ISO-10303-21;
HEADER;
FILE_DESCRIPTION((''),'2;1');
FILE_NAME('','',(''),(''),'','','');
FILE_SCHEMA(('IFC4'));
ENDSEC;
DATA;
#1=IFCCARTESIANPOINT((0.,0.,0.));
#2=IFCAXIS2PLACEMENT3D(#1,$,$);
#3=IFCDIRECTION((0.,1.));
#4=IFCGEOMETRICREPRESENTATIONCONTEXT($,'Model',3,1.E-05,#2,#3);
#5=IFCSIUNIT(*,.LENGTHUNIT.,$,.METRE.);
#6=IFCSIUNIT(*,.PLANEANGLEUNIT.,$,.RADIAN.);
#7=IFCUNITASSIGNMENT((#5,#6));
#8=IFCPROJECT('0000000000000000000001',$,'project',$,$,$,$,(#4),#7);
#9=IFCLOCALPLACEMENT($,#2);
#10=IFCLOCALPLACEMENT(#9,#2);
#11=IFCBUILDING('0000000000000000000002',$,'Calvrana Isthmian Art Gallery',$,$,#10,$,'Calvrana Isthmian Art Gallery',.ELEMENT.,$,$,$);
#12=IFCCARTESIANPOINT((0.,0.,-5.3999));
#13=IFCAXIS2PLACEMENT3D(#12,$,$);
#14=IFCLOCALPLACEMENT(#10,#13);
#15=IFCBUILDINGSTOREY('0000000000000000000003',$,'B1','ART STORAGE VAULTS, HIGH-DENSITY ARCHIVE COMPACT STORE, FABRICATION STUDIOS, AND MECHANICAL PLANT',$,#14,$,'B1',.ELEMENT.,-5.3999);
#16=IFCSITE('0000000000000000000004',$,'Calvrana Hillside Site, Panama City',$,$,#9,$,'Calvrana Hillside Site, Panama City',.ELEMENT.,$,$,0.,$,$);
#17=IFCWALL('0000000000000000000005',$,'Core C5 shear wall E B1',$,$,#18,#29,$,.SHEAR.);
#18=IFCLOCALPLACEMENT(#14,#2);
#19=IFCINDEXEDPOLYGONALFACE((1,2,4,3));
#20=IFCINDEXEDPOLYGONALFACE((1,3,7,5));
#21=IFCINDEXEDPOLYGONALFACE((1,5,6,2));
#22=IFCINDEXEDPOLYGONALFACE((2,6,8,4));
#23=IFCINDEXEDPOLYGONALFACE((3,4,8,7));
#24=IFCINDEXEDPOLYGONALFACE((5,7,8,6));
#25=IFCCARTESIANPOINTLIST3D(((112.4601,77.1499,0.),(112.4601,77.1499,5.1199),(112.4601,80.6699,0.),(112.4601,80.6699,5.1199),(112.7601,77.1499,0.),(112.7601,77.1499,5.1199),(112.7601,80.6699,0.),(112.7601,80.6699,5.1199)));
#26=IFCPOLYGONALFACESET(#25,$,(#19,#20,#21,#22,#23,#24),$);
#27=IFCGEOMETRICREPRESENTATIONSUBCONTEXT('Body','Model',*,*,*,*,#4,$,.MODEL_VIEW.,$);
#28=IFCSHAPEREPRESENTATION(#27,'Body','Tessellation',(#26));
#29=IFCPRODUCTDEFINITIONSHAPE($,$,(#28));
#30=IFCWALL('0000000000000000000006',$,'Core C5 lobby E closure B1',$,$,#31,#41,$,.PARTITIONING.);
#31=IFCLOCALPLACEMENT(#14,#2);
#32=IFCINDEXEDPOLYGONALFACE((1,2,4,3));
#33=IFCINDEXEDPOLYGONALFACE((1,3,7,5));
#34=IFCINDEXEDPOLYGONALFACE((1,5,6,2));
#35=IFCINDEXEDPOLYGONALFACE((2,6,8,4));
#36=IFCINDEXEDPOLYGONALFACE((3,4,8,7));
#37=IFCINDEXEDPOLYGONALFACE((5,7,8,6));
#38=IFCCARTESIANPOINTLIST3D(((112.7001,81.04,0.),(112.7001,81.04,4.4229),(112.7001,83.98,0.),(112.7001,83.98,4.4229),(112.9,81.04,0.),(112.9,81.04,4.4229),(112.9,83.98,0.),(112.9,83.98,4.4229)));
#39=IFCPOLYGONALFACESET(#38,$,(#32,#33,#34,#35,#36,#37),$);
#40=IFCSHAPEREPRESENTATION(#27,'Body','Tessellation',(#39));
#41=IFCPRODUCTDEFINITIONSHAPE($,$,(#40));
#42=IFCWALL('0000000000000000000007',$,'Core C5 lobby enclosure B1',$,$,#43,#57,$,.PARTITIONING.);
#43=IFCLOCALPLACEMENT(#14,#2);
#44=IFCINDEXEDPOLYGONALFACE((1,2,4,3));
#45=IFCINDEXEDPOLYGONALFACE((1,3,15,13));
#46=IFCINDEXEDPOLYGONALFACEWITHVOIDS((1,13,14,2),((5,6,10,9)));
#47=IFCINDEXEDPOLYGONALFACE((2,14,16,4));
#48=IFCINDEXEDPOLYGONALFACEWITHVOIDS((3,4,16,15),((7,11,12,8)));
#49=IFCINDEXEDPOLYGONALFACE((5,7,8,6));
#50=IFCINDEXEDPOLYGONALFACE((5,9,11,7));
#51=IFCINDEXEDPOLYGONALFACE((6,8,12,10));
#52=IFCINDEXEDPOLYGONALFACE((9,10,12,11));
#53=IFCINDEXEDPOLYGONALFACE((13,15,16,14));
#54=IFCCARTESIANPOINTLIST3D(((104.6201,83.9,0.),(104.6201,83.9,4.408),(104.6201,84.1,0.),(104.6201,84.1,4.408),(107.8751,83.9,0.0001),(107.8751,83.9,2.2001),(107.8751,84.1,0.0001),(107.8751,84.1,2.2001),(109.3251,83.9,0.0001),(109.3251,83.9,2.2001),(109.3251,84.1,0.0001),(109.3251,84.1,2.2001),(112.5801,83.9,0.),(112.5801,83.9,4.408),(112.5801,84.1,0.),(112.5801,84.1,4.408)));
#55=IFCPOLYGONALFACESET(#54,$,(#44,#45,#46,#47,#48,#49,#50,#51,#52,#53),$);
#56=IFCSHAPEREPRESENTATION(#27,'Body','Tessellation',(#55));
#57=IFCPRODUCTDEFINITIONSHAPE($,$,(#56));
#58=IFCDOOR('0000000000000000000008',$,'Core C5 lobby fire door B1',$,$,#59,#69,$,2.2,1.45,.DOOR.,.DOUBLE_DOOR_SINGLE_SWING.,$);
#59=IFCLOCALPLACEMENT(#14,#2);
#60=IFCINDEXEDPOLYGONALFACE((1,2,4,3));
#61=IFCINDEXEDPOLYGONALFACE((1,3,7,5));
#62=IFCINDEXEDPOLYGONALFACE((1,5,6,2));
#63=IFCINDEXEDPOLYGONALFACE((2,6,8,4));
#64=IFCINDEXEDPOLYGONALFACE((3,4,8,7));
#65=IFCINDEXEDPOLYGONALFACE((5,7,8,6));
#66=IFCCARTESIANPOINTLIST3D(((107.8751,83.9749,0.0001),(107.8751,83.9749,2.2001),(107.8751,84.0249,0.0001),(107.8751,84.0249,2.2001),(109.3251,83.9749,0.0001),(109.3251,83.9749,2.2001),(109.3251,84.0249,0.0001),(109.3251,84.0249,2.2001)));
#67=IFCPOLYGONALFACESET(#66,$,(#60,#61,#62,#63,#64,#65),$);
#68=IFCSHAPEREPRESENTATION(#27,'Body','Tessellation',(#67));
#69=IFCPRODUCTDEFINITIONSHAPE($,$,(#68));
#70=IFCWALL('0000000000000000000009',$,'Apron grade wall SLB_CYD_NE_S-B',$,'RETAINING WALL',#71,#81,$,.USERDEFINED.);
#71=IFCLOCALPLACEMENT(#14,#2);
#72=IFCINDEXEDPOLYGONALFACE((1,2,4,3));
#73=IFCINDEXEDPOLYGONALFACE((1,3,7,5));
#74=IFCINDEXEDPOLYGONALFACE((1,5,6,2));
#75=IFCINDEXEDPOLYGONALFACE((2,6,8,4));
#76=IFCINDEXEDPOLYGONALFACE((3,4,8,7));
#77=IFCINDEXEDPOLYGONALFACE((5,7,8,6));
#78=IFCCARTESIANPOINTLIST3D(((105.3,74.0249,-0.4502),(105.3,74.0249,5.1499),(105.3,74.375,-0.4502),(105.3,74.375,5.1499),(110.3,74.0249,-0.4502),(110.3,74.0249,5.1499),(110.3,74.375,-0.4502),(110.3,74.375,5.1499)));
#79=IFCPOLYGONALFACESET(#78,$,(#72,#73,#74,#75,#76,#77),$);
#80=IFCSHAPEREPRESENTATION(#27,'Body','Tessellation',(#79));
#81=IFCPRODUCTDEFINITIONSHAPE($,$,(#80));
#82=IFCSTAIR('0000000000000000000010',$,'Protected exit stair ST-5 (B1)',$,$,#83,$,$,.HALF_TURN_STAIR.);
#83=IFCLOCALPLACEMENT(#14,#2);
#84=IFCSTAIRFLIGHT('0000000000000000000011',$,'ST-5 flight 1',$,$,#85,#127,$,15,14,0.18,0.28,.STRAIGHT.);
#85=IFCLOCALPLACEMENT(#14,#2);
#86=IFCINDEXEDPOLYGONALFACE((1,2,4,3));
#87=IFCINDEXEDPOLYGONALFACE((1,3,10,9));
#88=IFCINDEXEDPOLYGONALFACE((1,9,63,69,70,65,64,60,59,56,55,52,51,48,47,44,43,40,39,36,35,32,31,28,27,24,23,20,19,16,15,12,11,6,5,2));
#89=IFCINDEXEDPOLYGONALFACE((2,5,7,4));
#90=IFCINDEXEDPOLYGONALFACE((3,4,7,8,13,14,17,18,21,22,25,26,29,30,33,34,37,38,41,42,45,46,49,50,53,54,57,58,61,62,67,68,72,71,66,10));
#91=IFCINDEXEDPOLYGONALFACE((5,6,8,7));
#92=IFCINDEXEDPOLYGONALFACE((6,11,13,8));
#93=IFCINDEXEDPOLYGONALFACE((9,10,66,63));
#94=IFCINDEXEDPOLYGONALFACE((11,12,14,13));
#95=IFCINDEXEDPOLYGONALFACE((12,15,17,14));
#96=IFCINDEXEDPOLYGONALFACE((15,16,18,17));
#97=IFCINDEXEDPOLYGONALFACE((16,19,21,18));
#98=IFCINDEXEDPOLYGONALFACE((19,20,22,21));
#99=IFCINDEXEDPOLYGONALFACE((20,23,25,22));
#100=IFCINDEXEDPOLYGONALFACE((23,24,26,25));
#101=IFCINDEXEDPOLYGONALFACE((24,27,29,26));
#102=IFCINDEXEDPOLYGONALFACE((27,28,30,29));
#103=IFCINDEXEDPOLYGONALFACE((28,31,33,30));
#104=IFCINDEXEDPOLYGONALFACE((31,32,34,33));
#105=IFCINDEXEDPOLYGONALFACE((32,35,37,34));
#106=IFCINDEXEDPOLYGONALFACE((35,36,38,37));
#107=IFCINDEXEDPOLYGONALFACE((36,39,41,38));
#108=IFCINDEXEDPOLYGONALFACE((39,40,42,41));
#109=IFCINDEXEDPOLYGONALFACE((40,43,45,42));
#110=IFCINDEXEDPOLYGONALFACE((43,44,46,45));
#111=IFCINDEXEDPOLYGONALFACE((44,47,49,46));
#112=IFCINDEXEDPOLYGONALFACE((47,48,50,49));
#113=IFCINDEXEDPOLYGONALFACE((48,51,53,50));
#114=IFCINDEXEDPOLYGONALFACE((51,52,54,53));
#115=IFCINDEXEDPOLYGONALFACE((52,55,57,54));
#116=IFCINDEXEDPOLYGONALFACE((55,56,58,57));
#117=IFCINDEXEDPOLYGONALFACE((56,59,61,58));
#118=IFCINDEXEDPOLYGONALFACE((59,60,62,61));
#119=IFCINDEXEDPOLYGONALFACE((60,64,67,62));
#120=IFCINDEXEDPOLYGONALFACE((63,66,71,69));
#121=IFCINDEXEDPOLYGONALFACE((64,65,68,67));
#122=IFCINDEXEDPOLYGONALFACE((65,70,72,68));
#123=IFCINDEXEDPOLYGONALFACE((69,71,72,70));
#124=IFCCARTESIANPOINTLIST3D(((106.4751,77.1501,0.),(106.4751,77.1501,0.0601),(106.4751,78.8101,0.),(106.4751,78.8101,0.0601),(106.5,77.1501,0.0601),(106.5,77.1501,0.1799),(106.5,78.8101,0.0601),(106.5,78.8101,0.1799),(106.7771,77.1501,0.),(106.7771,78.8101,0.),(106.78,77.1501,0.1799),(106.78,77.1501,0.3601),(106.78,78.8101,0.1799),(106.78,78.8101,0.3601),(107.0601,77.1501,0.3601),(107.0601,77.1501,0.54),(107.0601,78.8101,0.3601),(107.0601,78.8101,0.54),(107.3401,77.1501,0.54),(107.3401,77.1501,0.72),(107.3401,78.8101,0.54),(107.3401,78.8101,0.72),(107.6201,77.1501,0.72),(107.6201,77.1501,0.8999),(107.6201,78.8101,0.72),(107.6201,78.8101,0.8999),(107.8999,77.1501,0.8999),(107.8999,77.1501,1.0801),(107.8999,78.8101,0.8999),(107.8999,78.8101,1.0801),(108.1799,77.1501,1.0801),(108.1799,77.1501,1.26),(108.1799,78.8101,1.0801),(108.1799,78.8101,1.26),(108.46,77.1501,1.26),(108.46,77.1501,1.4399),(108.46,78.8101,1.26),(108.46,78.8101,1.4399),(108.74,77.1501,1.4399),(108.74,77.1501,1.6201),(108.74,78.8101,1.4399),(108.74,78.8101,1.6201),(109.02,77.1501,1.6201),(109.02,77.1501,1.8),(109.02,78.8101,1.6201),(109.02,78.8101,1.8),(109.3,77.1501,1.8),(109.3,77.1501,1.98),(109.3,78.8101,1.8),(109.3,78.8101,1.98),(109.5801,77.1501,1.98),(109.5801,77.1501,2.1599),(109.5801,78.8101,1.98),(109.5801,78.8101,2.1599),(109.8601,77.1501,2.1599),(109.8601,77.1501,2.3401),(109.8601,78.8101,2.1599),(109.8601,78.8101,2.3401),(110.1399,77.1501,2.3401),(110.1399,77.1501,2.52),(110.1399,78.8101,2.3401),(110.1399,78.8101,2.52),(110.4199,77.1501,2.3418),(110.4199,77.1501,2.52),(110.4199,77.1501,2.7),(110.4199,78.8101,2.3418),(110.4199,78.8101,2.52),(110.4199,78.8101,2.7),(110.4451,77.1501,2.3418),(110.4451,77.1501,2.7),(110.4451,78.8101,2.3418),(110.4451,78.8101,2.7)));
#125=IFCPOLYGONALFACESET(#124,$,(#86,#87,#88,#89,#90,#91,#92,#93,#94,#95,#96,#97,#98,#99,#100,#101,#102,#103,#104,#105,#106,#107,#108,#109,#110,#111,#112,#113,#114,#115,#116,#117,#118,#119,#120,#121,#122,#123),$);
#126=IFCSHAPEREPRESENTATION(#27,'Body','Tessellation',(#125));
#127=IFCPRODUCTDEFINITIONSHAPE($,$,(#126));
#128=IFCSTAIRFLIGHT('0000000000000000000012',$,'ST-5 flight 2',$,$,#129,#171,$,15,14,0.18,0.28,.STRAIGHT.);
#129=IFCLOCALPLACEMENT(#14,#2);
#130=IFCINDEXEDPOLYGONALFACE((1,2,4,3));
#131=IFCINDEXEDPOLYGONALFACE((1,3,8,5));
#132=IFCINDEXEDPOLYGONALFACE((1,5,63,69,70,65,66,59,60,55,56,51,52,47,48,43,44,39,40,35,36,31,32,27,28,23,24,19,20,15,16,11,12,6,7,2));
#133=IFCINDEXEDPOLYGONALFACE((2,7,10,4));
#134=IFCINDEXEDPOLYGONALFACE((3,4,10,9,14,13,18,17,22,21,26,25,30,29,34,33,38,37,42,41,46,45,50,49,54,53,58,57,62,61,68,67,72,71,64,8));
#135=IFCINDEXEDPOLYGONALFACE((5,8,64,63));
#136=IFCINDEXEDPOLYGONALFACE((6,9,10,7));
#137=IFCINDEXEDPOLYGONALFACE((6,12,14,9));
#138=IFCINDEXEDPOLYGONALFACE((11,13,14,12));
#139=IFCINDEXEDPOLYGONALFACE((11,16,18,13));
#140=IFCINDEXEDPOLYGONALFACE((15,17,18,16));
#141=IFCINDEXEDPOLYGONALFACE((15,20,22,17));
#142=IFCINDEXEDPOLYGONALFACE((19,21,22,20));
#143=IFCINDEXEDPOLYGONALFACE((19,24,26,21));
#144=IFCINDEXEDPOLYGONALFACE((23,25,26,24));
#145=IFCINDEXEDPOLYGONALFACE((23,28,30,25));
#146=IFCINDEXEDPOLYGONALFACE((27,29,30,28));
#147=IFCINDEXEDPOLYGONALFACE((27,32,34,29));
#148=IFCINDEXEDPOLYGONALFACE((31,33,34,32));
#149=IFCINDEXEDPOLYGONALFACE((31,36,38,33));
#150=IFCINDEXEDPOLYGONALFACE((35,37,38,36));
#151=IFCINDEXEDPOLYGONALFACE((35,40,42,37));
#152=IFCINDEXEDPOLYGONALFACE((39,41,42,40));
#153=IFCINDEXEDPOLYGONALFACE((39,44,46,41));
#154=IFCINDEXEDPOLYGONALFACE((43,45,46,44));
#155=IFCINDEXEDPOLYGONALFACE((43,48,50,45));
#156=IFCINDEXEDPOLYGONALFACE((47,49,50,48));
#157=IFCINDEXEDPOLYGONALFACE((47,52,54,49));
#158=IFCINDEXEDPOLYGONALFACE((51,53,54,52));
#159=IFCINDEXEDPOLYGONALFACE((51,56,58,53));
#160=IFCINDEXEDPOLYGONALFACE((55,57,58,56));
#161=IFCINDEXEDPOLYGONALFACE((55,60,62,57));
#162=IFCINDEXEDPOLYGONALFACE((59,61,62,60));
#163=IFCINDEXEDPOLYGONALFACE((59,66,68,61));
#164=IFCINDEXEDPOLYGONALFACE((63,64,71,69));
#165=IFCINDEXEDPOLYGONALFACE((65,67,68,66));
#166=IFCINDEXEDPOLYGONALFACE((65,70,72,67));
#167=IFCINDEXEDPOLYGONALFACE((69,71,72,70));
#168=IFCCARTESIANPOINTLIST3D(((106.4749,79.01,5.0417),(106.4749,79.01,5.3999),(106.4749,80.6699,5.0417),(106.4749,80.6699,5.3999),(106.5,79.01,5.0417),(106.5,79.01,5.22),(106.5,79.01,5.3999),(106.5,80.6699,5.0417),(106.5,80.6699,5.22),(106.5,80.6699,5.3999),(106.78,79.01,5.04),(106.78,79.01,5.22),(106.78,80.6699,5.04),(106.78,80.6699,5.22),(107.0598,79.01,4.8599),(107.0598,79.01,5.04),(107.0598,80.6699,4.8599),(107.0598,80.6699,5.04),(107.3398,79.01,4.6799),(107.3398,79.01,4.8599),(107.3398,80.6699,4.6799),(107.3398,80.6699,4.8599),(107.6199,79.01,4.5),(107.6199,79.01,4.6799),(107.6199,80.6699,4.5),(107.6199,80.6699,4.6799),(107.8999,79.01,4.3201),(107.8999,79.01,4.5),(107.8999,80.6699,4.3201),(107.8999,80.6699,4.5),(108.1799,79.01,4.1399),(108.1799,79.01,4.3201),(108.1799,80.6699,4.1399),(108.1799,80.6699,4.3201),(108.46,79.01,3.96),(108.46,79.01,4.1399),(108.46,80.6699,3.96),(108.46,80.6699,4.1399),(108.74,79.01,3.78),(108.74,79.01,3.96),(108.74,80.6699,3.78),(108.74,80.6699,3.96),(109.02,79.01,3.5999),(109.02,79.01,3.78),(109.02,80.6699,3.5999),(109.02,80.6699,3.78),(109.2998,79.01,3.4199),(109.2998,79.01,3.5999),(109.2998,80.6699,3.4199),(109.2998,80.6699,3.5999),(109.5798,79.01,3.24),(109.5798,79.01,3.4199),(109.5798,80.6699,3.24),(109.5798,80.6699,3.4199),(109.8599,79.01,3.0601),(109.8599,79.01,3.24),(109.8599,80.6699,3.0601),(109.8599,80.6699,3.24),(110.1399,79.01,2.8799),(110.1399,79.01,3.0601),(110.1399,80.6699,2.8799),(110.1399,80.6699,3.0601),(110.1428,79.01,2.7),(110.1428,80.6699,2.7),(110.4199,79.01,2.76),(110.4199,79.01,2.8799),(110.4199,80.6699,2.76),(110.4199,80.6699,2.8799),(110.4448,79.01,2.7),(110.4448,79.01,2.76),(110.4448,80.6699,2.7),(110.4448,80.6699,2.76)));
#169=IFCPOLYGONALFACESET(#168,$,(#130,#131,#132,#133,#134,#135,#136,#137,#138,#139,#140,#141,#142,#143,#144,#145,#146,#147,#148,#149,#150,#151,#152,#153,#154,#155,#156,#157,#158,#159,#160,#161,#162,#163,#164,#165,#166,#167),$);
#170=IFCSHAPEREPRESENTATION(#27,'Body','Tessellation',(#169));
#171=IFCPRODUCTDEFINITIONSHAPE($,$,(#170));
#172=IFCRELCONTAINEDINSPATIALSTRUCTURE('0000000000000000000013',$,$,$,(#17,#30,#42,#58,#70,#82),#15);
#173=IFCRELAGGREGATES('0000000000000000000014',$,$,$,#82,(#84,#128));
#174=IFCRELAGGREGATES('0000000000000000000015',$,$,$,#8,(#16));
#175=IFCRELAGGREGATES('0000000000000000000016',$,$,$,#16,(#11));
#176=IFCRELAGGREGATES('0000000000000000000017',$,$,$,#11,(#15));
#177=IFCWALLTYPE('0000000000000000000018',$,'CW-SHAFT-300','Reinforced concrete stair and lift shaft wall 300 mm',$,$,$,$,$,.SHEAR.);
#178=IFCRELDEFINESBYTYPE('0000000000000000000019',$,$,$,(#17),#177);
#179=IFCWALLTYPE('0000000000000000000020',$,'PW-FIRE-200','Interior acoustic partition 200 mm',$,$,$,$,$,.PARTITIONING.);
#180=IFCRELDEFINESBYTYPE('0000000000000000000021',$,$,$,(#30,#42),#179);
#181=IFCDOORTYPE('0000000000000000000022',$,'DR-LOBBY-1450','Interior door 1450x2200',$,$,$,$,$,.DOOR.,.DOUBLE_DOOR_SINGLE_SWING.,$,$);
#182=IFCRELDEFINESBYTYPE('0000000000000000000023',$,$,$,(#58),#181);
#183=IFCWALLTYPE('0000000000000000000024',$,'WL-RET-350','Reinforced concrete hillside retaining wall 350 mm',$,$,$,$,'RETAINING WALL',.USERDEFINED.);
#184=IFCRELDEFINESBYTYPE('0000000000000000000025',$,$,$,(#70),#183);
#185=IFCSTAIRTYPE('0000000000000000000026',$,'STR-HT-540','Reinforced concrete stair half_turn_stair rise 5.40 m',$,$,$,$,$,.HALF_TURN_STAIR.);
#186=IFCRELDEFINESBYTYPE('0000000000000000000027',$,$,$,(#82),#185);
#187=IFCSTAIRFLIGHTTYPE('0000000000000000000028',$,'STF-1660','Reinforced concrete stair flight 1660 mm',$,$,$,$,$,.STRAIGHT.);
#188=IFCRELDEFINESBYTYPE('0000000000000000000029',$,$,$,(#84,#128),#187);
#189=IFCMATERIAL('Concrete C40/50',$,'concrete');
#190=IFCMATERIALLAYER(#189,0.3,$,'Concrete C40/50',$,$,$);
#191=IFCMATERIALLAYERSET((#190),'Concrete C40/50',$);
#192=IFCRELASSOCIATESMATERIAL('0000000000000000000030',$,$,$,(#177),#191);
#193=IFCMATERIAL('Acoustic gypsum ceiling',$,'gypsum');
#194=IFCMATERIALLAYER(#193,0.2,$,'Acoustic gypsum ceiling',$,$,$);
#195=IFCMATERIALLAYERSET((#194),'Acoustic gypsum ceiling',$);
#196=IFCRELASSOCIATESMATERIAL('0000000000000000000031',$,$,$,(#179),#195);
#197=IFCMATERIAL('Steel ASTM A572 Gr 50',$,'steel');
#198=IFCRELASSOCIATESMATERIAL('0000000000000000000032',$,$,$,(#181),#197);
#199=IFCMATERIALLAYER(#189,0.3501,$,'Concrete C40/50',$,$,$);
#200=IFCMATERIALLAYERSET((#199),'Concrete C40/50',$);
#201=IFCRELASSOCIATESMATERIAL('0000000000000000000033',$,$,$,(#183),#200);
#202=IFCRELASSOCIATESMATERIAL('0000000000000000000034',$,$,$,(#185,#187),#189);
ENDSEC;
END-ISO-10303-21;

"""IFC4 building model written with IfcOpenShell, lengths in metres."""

from ifc_helpers import new_model, si_unit, direction, frame, frame_2d, origin, place, context, subcontext, project, spatial, polyline, rectangle, outline, extrude, material, layer, layer_set, type_object, element, fill, aggregate, save


model = new_model("IFC4")

# Units and contexts
model_context = context("Model", 3, precision=1e-05, world=origin(), true_north=direction((0.0, 1.0)))
body_context = subcontext(model_context, "Body", "Model", "MODEL_VIEW")
ifc_project = project(units=[si_unit("LENGTHUNIT", "METRE"), si_unit("PLANEANGLEUNIT", "RADIAN")], contexts=[model_context])

# Site, building, storey
site_placement = place(None, origin())
site = spatial("IfcSite", under=ifc_project, at=site_placement, Name="Calvrana Hillside Site, Panama City", LongName="Calvrana Hillside Site, Panama City", CompositionType="ELEMENT", RefElevation=0.0)
building_placement = place(site_placement, origin())
building = spatial("IfcBuilding", under=site, at=building_placement, Name="Calvrana Isthmian Art Gallery", LongName="Calvrana Isthmian Art Gallery", CompositionType="ELEMENT")
storey_placement = place(building_placement, frame((0.0, 0.0, -5.3999)))
storey = spatial("IfcBuildingStorey", under=building, at=storey_placement, Name="B1", Description="ART STORAGE VAULTS, HIGH-DENSITY ARCHIVE COMPACT STORE, FABRICATION STUDIOS, AND MECHANICAL PLANT", LongName="B1", CompositionType="ELEMENT", Elevation=-5.3999)

# Shared definitions
ifc_material_1 = material(Name="Steel ASTM A572 Gr 50", Category="steel")

# Shared definitions
ifc_material_2 = material(Name="Concrete C40/50", Category="concrete")
ifc_layer_1 = layer(ifc_material_2, 0.3, Name="Concrete C40/50")
ifc_layer_set_1 = layer_set([ifc_layer_1], Name="Concrete C40/50")
wall_type_1 = type_object("IfcWallType", Name="CW-SHAFT-300", Description="Reinforced concrete stair and lift shaft wall 300 mm", PredefinedType="SHEAR", material=ifc_layer_set_1)

# Walls
for number, where, z_axis, x_axis, name in (
    (1, (112.6101, 77.1499, 0.0), (0.0, 0.0, 1.0), (0.0, 1.0, 0.0), "Core C5 shear wall E B1"),
):
    element("IfcWall", number, at=place(storey_placement, frame(where, z_axis=z_axis, x_axis=x_axis)), inside=storey, type_object=wall_type_1, Name=name, PredefinedType="SHEAR", context=body_context, shape_type="SweptSolid", body=[
        extrude(rectangle(XDim=3.52, YDim=0.3, at=frame_2d((1.76, 0.0))), origin(), (0.0, 0.0, 1.0), 5.1199),
    ])
ifc_material_3 = material(Name="Acoustic gypsum ceiling", Category="gypsum")
ifc_layer_2 = layer(ifc_material_3, 0.2, Name="Acoustic gypsum ceiling")
ifc_layer_set_2 = layer_set([ifc_layer_2], Name="Acoustic gypsum ceiling")
wall_type_2 = type_object("IfcWallType", Name="PW-FIRE-200", Description="Interior acoustic partition 200 mm", PredefinedType="PARTITIONING", material=ifc_layer_set_2)
wall_1_placement = place(storey_placement, frame((112.8, 81.04, 0.0), z_axis=(0.0, 0.0, 1.0), x_axis=(0.0, 1.0, 0.0)))
element("IfcWall", 2, at=wall_1_placement, inside=storey, type_object=wall_type_2, Name="Core C5 lobby E closure B1", PredefinedType="PARTITIONING", context=body_context, shape_type="SweptSolid", body=[
    extrude(rectangle(XDim=2.9399, YDim=0.2, at=frame_2d((1.47, 0.0))), origin(), (0.0, 0.0, 1.0), 4.4229),
])

# Wall, opening, door
wall_2_placement = place(storey_placement, frame((104.6201, 84.0, 0.0), z_axis=(0.0, 0.0, 1.0), x_axis=(1.0, 0.0, 0.0)))
wall_2 = element("IfcWall", 3, at=wall_2_placement, inside=storey, type_object=wall_type_2, Name="Core C5 lobby enclosure B1", PredefinedType="PARTITIONING", context=body_context, shape_type="SweptSolid", body=[
    extrude(rectangle(XDim=7.96, YDim=0.2, at=frame_2d((3.98, 0.0))), origin(), (0.0, 0.0, 1.0), 4.408),
])
opening_1_placement = place(wall_2_placement, frame((3.2549, 0.0, 0.0)))
opening_1 = element("IfcOpeningElement", 4, at=opening_1_placement, cuts=wall_2, PredefinedType="OPENING", context=body_context, shape_type="SweptSolid", body=[
    extrude(rectangle(XDim=1.45, YDim=2.2, at=frame_2d((0.7251, 1.1001))), frame((0.0, 0.1104, 0.0), z_axis=(0.0, -1.0, 0.0), x_axis=(1.0, 0.0, 0.0)), (0.0, 0.0, 1.0), 0.2205),
])
door_type_1 = type_object("IfcDoorType", Name="DR-LOBBY-1450", Description="Interior door 1450x2200", OperationType="DOUBLE_DOOR_SINGLE_SWING", PredefinedType="DOOR", material=ifc_material_1)
door_1_placement = place(opening_1_placement, origin())
door_1 = element("IfcDoor", 5, at=door_1_placement, inside=storey, type_object=door_type_1, Name="Core C5 lobby fire door B1", OperationType="DOUBLE_DOOR_SINGLE_SWING", OverallHeight=2.2, OverallWidth=1.45, PredefinedType="DOOR", context=body_context, shape_type="SweptSolid", body=[
    extrude(rectangle(XDim=1.45, YDim=2.2, at=frame_2d((0.7251, 1.1001))), frame((0.0, 0.0249, 0.0), z_axis=(0.0, -1.0, 0.0), x_axis=(1.0, 0.0, 0.0)), (0.0, 0.0, 1.0), 0.05),
])
fill(opening_1, door_1)

# Wall
ifc_layer_3 = layer(ifc_material_2, 0.3501, Name="Concrete C40/50")
ifc_layer_set_3 = layer_set([ifc_layer_3], Name="Concrete C40/50")
wall_type_3 = type_object("IfcWallType", Name="WL-RET-350", Description="Reinforced concrete hillside retaining wall 350 mm", ElementType="RETAINING WALL", PredefinedType="USERDEFINED", material=ifc_layer_set_3)
wall_3_placement = place(storey_placement, frame((105.3, 74.2, -0.4502), z_axis=(0.0, 0.0, 1.0), x_axis=(1.0, 0.0, 0.0)))
element("IfcWall", 6, at=wall_3_placement, inside=storey, type_object=wall_type_3, Name="Apron grade wall SLB_CYD_NE_S-B", ObjectType="RETAINING WALL", PredefinedType="USERDEFINED", context=body_context, shape_type="SweptSolid", body=[
    extrude(rectangle(XDim=5.0, YDim=0.3501, at=frame_2d((2.5, 0.0))), origin(), (0.0, 0.0, 1.0), 5.6001),
])

# Stair, stair flights
stair_type = type_object("IfcStairType", Name="STR-HT-540", Description="Reinforced concrete stair half_turn_stair rise 5.40 m", PredefinedType="HALF_TURN_STAIR", material=ifc_material_2)
stair_placement = place(storey_placement, origin())
stair = element("IfcStair", 7, at=stair_placement, inside=storey, type_object=stair_type, Name="Protected exit stair ST-5 (B1)", PredefinedType="HALF_TURN_STAIR")
stair_flight_type = type_object("IfcStairFlightType", Name="STF-1660", Description="Reinforced concrete stair flight 1660 mm", PredefinedType="STRAIGHT", material=ifc_material_2)
stair_flight_1_placement = place(storey_placement, frame((106.5, 77.98, 0.0), z_axis=(0.0, 0.0, 1.0), x_axis=(1.0, 0.0, 0.0)))
stair_flight_1 = element("IfcStairFlight", 8, at=stair_flight_1_placement, type_object=stair_flight_type, Name="ST-5 flight 1", NumberOfRisers=15, NumberOfTreads=14, PredefinedType="STRAIGHT", RiserHeight=0.18, TreadLength=0.28, context=body_context, shape_type="SweptSolid", body=[
    extrude(outline(polyline([(-0.0249, 0.0), (-0.0249, 0.0601), (0.0, 0.0601), (0.0, 0.1799), (0.28, 0.1799), (0.28, 0.3601), (0.5601, 0.3601), (0.5601, 0.54), (0.8401, 0.54), (0.8401, 0.72), (1.1201, 0.72), (1.1201, 0.8999), (1.3999, 0.8999), (1.3999, 1.0801), (1.6799, 1.0801), (1.6799, 1.26), (1.96, 1.26), (1.96, 1.4399), (2.24, 1.4399), (2.24, 1.6201), (2.52, 1.6201), (2.52, 1.8), (2.8, 1.8), (2.8, 1.98), (3.0801, 1.98), (3.0801, 2.1599), (3.3601, 2.1599), (3.3601, 2.3401), (3.6399, 2.3401), (3.6399, 2.52), (3.9199, 2.52), (3.9199, 2.7), (3.9451, 2.7), (3.9451, 2.3418), (3.9199, 2.3418), (0.2771, 0.0), (-0.0249, 0.0)])), frame((0.0, 0.8301, 0.0), z_axis=(0.0, -1.0, 0.0), x_axis=(1.0, 0.0, 0.0)), (0.0, 0.0, 1.0), 1.6599),
])
stair_flight_2_placement = place(storey_placement, frame((110.4199, 79.8401, 2.7), z_axis=(0.0, 0.0, 1.0), x_axis=(-1.0, 0.0, 0.0)))
stair_flight_2 = element("IfcStairFlight", 9, at=stair_flight_2_placement, type_object=stair_flight_type, Name="ST-5 flight 2", NumberOfRisers=15, NumberOfTreads=14, PredefinedType="STRAIGHT", RiserHeight=0.18, TreadLength=0.28, context=body_context, shape_type="SweptSolid", body=[
    extrude(outline(polyline([(-0.0249, 0.0), (-0.0249, 0.0601), (0.0, 0.0601), (0.0, 0.1799), (0.28, 0.1799), (0.28, 0.3601), (0.5601, 0.3601), (0.5601, 0.54), (0.8401, 0.54), (0.8401, 0.72), (1.1201, 0.72), (1.1201, 0.8999), (1.3999, 0.8999), (1.3999, 1.0801), (1.6799, 1.0801), (1.6799, 1.26), (1.96, 1.26), (1.96, 1.4399), (2.24, 1.4399), (2.24, 1.6201), (2.52, 1.6201), (2.52, 1.8), (2.8, 1.8), (2.8, 1.98), (3.0801, 1.98), (3.0801, 2.1599), (3.3601, 2.1599), (3.3601, 2.3401), (3.6399, 2.3401), (3.6399, 2.52), (3.9199, 2.52), (3.9199, 2.7), (3.9451, 2.7), (3.9451, 2.3418), (3.9199, 2.3418), (0.2771, 0.0), (-0.0249, 0.0)])), frame((0.0, 0.8301, 0.0), z_axis=(0.0, -1.0, 0.0), x_axis=(1.0, 0.0, 0.0)), (0.0, 0.0, 1.0), 1.6599),
])
aggregate(stair, [stair_flight_1, stair_flight_2])

save(model, "model.ifc")
